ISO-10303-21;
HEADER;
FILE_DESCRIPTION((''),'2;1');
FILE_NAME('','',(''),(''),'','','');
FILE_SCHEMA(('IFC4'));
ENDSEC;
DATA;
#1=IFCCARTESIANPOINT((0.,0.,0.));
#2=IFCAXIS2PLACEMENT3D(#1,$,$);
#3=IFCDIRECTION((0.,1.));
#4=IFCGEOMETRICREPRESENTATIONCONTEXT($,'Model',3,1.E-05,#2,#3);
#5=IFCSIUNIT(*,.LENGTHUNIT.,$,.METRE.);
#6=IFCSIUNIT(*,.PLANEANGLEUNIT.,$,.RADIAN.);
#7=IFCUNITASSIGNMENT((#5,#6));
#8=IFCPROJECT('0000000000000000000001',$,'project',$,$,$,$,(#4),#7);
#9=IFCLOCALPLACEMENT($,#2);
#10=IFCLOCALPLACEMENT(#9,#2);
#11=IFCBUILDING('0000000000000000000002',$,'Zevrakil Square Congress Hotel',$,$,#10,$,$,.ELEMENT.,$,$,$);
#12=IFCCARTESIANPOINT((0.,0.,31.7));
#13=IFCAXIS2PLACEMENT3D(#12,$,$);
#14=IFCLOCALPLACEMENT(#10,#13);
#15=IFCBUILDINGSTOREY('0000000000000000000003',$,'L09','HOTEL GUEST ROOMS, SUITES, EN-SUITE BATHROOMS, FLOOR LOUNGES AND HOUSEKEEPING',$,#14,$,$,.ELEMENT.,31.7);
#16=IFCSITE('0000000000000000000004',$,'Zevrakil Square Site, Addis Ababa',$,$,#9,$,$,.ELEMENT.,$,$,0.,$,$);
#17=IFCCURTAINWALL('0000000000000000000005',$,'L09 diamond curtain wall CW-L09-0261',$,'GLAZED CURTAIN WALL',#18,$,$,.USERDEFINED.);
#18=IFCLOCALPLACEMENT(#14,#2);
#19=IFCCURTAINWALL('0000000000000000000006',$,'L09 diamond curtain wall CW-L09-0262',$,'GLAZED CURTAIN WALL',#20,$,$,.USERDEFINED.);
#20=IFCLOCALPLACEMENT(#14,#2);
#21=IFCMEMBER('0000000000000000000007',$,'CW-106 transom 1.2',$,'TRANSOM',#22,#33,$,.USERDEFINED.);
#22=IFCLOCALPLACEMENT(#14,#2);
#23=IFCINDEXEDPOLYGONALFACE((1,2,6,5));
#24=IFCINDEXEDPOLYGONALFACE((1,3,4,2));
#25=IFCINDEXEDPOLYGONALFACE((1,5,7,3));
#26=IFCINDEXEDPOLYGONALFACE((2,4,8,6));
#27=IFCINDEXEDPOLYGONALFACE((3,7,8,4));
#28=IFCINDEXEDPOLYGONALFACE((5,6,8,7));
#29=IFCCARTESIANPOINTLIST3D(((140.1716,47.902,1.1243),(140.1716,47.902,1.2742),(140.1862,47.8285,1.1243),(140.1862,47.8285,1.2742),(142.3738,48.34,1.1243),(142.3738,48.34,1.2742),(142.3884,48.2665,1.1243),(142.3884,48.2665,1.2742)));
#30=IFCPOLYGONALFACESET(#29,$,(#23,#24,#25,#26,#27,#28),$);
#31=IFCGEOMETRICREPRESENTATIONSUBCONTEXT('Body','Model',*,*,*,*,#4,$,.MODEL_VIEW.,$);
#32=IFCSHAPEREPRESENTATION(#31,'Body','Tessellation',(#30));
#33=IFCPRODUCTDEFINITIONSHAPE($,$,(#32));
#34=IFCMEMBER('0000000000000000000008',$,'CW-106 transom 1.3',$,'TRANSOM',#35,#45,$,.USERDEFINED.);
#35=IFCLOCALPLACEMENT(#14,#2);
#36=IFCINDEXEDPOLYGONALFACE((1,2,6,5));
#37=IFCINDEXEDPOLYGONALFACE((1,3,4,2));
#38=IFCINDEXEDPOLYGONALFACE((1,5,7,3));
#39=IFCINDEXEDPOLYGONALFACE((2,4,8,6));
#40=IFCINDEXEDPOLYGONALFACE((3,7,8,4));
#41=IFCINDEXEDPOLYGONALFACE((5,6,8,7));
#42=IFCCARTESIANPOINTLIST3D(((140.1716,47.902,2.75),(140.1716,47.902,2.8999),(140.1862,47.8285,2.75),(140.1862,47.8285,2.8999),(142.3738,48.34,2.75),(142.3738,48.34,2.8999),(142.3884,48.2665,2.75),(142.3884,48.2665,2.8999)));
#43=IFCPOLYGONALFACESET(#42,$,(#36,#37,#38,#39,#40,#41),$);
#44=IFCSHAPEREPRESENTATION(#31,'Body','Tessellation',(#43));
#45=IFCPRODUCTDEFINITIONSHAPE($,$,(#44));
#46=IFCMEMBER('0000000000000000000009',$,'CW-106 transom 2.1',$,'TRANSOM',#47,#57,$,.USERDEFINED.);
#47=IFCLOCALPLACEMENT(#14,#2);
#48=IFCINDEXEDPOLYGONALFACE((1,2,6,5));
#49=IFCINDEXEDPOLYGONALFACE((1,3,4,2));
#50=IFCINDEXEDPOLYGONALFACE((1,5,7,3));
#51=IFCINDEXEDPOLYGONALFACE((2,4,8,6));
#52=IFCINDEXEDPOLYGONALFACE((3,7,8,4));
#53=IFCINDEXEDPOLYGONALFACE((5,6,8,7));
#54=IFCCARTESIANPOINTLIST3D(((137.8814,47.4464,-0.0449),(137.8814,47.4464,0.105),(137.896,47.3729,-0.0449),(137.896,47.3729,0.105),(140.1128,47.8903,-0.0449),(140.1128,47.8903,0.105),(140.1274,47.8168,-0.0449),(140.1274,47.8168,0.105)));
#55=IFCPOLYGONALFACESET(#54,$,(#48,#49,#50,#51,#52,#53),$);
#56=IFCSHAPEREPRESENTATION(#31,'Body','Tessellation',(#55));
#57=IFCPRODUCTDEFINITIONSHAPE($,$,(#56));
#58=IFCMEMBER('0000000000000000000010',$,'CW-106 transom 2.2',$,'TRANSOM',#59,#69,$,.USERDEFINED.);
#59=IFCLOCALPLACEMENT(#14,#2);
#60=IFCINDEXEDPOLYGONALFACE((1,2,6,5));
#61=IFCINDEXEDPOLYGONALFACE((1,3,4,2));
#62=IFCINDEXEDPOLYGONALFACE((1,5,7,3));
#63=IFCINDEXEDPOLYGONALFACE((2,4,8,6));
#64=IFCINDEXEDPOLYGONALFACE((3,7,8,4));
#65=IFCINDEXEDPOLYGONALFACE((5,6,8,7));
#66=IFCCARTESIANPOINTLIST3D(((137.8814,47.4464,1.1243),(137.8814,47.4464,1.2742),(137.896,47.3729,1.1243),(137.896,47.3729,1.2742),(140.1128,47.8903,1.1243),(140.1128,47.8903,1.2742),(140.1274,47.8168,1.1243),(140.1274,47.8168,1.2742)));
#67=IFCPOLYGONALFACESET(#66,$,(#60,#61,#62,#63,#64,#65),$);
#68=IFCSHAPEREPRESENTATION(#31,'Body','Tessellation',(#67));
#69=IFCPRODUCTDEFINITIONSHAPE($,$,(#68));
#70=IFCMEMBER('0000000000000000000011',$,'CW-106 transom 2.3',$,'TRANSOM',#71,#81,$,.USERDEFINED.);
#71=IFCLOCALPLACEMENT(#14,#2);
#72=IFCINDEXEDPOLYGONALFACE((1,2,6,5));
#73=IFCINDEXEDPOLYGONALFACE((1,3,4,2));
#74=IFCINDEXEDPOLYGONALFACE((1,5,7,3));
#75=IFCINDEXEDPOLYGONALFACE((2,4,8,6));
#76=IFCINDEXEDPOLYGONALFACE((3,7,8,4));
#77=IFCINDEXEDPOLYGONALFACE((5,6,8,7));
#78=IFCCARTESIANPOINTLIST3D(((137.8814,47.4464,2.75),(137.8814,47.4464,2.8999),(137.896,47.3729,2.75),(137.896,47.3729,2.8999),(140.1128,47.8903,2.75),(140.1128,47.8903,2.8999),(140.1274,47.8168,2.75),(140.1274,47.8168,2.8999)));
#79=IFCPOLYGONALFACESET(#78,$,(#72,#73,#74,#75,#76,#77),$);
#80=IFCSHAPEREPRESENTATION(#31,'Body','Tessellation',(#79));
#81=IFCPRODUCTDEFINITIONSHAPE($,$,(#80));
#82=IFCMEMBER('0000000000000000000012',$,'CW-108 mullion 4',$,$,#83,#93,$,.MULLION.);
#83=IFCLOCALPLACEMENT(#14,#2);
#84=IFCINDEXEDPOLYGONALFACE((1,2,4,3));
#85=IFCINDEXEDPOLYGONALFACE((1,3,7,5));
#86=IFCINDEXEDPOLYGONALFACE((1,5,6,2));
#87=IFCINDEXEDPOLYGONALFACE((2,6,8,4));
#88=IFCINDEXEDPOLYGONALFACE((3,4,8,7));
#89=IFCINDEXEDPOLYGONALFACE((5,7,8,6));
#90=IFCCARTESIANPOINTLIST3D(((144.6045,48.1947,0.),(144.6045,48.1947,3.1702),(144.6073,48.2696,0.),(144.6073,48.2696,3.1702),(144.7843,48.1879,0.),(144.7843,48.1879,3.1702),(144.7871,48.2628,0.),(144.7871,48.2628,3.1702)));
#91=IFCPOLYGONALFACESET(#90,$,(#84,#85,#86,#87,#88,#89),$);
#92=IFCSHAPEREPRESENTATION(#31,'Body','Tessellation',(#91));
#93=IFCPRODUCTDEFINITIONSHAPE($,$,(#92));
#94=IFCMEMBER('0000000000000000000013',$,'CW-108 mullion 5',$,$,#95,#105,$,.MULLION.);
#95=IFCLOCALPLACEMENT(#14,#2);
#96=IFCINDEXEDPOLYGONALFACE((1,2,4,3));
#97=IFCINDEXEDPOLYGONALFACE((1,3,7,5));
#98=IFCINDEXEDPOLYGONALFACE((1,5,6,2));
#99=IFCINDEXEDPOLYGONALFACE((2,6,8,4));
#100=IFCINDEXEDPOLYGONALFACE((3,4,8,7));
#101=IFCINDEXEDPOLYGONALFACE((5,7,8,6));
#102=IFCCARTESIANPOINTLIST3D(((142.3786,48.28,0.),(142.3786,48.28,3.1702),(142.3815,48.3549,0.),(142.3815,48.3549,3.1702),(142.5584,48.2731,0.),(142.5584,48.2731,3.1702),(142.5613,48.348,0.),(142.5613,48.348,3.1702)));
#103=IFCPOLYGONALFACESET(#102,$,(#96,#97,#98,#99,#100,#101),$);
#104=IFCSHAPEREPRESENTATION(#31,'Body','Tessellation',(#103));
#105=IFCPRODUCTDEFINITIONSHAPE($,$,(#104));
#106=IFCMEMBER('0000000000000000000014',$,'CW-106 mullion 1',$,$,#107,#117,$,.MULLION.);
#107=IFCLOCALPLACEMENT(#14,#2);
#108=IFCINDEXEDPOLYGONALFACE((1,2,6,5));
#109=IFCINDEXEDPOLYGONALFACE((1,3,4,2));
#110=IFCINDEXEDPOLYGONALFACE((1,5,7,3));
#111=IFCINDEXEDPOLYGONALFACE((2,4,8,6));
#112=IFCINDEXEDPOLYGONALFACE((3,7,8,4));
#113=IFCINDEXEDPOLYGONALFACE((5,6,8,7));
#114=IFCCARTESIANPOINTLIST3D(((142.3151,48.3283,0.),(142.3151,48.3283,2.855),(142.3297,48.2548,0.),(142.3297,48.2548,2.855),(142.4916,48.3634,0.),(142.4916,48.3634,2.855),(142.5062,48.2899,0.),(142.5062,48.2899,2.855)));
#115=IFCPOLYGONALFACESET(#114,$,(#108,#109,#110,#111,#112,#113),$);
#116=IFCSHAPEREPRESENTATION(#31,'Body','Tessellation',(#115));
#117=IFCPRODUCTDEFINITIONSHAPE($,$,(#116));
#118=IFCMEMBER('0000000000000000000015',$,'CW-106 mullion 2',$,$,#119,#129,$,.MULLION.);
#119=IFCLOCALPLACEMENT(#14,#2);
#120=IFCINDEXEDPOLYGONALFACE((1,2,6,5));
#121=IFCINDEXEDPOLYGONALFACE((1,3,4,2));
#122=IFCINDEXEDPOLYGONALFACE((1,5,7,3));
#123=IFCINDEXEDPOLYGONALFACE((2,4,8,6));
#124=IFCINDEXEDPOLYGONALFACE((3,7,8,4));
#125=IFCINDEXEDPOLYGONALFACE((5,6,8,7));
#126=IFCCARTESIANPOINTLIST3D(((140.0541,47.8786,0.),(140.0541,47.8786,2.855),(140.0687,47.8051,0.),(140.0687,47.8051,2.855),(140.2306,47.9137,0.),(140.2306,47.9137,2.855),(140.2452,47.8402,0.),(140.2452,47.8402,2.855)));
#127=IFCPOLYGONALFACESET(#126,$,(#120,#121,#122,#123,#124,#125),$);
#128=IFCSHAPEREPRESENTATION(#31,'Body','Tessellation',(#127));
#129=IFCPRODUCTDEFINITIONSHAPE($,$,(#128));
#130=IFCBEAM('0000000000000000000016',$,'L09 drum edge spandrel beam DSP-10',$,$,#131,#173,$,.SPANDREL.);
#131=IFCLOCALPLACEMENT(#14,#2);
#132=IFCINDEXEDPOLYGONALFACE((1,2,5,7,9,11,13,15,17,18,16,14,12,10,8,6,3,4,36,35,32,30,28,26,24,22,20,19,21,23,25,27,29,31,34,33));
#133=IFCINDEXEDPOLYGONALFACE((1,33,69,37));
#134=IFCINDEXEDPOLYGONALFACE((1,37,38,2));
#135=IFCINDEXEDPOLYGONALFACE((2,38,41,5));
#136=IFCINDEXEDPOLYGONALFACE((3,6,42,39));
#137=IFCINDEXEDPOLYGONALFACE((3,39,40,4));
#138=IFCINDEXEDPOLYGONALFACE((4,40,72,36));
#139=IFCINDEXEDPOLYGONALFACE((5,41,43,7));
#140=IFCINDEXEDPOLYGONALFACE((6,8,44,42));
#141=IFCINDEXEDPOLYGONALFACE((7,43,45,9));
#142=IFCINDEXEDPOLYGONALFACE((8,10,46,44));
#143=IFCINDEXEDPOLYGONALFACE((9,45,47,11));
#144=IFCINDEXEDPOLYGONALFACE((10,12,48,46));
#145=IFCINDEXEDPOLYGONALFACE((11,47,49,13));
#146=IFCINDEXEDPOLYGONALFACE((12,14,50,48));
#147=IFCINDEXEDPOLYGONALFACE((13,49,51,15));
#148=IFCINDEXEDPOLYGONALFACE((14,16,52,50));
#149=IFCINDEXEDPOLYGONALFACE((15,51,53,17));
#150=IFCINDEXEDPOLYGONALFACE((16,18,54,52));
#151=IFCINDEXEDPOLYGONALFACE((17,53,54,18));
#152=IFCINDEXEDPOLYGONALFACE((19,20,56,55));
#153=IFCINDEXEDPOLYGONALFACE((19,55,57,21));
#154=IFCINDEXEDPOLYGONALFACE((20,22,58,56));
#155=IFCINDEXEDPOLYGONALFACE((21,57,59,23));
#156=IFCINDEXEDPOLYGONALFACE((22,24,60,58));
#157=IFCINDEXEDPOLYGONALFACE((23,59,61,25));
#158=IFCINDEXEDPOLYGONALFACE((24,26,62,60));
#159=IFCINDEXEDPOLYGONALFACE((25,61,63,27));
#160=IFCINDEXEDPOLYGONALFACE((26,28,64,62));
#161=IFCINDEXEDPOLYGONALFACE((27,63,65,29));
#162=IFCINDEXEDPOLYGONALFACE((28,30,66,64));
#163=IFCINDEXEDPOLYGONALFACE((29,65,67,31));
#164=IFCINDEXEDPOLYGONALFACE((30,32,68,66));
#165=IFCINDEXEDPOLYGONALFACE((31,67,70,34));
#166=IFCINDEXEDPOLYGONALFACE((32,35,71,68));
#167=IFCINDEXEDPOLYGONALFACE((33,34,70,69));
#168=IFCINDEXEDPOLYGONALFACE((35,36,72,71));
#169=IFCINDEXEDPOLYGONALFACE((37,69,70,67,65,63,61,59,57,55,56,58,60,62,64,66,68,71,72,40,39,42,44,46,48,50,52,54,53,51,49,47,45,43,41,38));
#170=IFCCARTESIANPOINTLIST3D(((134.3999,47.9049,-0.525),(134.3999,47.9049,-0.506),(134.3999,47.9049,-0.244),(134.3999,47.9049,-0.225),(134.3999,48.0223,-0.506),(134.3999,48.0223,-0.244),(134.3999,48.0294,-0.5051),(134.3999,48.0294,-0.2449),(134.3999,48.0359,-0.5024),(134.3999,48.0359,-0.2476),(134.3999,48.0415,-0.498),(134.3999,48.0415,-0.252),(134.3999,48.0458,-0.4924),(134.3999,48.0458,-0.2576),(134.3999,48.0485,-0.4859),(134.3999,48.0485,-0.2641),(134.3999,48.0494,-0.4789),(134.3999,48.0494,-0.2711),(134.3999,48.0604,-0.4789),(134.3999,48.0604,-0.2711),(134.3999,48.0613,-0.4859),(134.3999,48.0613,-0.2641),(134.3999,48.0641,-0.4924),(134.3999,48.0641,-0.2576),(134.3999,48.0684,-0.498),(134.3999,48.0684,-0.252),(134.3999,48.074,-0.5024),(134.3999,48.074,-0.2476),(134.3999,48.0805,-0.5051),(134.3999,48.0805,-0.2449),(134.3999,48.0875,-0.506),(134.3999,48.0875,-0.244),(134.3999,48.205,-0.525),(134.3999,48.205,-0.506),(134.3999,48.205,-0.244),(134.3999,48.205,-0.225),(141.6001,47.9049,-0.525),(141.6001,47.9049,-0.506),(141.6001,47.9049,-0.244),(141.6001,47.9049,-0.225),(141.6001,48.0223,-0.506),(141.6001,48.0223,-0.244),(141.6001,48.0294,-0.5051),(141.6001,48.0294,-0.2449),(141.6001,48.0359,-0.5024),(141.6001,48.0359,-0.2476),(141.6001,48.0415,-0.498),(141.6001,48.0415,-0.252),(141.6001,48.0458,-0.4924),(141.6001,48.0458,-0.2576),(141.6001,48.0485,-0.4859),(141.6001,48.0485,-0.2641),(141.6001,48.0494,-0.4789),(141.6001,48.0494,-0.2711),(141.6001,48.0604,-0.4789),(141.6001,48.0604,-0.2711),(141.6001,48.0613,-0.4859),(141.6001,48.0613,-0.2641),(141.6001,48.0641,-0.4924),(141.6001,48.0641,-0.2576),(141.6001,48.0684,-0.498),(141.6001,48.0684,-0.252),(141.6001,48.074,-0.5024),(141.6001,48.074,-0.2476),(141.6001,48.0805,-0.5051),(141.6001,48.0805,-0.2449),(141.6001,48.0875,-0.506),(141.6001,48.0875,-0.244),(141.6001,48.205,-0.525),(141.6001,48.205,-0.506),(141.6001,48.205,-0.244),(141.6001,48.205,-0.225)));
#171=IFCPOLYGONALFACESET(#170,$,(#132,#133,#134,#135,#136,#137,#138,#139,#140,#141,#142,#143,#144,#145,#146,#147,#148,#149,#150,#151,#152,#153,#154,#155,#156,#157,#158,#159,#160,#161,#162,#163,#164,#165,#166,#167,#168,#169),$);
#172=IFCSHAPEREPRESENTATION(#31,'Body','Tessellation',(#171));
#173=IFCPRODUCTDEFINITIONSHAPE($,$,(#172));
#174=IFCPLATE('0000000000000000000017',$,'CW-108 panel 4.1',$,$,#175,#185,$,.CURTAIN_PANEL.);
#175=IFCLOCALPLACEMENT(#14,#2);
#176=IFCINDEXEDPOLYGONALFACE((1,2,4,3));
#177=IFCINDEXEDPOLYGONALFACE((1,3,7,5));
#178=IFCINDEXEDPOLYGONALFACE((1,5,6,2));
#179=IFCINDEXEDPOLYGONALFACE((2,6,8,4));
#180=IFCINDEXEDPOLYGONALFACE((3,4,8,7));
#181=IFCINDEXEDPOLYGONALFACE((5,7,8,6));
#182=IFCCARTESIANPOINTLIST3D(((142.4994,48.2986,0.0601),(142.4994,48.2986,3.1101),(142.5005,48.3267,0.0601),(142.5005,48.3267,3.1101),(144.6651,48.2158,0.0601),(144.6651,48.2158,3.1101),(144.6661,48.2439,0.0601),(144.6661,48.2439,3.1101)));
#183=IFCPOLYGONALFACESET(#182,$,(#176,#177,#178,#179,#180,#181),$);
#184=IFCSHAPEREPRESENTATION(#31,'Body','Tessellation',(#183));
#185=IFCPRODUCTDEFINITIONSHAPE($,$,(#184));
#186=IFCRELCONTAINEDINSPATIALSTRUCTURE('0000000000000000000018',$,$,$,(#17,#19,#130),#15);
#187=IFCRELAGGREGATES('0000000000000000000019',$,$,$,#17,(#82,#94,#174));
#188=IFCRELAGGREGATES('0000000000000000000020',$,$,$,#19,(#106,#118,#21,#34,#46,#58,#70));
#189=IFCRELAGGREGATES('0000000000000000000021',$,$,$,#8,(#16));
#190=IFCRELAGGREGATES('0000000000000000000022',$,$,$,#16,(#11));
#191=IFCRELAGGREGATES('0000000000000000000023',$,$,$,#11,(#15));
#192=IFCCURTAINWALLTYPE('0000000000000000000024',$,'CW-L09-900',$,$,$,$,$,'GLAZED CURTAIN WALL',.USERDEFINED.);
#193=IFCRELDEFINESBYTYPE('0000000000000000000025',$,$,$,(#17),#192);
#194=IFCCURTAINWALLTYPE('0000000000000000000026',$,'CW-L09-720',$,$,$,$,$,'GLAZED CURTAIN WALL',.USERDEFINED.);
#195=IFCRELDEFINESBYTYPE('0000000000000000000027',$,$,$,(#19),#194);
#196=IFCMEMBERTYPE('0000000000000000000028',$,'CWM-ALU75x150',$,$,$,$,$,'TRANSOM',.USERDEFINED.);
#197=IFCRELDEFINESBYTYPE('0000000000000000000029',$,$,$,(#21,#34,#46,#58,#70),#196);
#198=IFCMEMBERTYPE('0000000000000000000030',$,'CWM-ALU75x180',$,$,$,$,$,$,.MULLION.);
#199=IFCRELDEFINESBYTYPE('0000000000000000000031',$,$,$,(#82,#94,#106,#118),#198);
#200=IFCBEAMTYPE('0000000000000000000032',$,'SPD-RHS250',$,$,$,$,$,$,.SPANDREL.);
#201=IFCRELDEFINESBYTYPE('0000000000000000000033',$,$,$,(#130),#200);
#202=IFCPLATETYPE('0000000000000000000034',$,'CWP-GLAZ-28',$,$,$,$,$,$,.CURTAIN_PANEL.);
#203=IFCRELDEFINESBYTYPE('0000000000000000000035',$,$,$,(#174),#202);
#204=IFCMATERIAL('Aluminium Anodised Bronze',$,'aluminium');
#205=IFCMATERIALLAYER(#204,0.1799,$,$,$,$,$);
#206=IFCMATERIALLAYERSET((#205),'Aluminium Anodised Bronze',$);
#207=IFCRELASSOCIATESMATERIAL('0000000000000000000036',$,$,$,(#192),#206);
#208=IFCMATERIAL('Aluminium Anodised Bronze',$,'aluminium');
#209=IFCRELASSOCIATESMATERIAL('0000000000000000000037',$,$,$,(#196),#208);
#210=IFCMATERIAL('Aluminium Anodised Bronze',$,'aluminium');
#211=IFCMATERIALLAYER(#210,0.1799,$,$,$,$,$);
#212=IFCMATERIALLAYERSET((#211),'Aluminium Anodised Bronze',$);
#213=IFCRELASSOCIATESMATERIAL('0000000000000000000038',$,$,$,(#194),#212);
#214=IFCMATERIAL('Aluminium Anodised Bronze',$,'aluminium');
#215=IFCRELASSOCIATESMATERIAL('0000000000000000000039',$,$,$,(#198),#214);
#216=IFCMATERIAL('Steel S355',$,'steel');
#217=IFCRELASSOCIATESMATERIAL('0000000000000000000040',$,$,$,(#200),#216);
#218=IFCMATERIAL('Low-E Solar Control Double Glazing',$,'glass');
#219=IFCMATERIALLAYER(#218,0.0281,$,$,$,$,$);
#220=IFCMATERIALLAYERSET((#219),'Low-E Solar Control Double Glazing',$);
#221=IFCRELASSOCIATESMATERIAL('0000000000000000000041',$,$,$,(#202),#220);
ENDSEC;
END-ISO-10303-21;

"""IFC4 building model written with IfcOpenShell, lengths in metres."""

from ifc_helpers import new_model, si_unit, direction, frame, origin, origin_2d, place, context, subcontext, project, spatial, rectangle, i_section, extrude, material, layer, layer_set, material_profile, profile_set, type_object, element, aggregate, save


model = new_model("IFC4")

# Units and contexts
model_context = context("Model", 3, precision=1e-05, world=origin(), true_north=direction((0.0, 1.0)))
body_context = subcontext(model_context, "Body", "Model", "MODEL_VIEW")
ifc_project = project(units=[si_unit("LENGTHUNIT", "METRE"), si_unit("PLANEANGLEUNIT", "RADIAN")], contexts=[model_context])

# Site, building, storey
site_placement = place(None, origin())
site = spatial("IfcSite", under=ifc_project, at=site_placement, Name="Zevrakil Square Site, Addis Ababa", CompositionType="ELEMENT", RefElevation=0.0)
building_placement = place(site_placement, origin())
building = spatial("IfcBuilding", under=site, at=building_placement, Name="Zevrakil Square Congress Hotel", CompositionType="ELEMENT")
storey_placement = place(building_placement, frame((0.0, 0.0, 31.7)))
storey = spatial("IfcBuildingStorey", under=building, at=storey_placement, Name="L09", Description="HOTEL GUEST ROOMS, SUITES, EN-SUITE BATHROOMS, FLOOR LOUNGES AND HOUSEKEEPING", CompositionType="ELEMENT", Elevation=31.7)

# Curtain walls, members
ifc_material_1 = material(Name="Aluminium Anodised Bronze", Category="aluminium")
ifc_layer_1 = layer(ifc_material_1, 0.1799)
ifc_layer_set_1 = layer_set([ifc_layer_1], Name="Aluminium Anodised Bronze")
curtain_wall_type_1 = type_object("IfcCurtainWallType", Name="CW-L09-900", ElementType="GLAZED CURTAIN WALL", PredefinedType="USERDEFINED", material=ifc_layer_set_1)
curtain_wall_1_placement = place(storey_placement, origin())
curtain_wall_1 = element("IfcCurtainWall", 1, at=curtain_wall_1_placement, inside=storey, type_object=curtain_wall_type_1, Name="L09 diamond curtain wall CW-L09-0261", ObjectType="GLAZED CURTAIN WALL", PredefinedType="USERDEFINED")
ifc_material_2 = material(Name="Aluminium Anodised Bronze", Category="aluminium")
ifc_material_profile_1 = material_profile(ifc_material_2, rectangle(XDim=0.075, YDim=0.1499, at=origin_2d()), Name="ALU 75x150")
ifc_profile_set_1 = profile_set([ifc_material_profile_1], Name="Aluminium Anodised Bronze")
member_type_1 = type_object("IfcMemberType", Name="CWM-ALU75x150", ElementType="TRANSOM", PredefinedType="USERDEFINED", material=ifc_profile_set_1)
ifc_material_3 = material(Name="Aluminium Anodised Bronze", Category="aluminium")
ifc_layer_2 = layer(ifc_material_3, 0.1799)
ifc_layer_set_2 = layer_set([ifc_layer_2], Name="Aluminium Anodised Bronze")
curtain_wall_type_2 = type_object("IfcCurtainWallType", Name="CW-L09-720", ElementType="GLAZED CURTAIN WALL", PredefinedType="USERDEFINED", material=ifc_layer_set_2)
curtain_wall_2_placement = place(storey_placement, origin())
curtain_wall_2 = element("IfcCurtainWall", 2, at=curtain_wall_2_placement, inside=storey, type_object=curtain_wall_type_2, Name="L09 diamond curtain wall CW-L09-0262", ObjectType="GLAZED CURTAIN WALL", PredefinedType="USERDEFINED")
member_1_placement = place(storey_placement, frame((142.3811, 48.3032, 1.1992), z_axis=(-0.980789, -0.19507, 0.0), x_axis=(0.19507, -0.980789, 0.0)))
member_1 = element("IfcMember", 3, at=member_1_placement, type_object=member_type_1, Name="CW-106 transom 1.2", ObjectType="TRANSOM", PredefinedType="USERDEFINED", context=body_context, shape_type="SweptSolid", body=[
    extrude(rectangle(XDim=0.075, YDim=0.1499, at=origin_2d()), origin(), (0.0, 0.0, 1.0), 2.2454),
])
member_2_placement = place(storey_placement, frame((142.3811, 48.3032, 2.825), z_axis=(-0.980789, -0.19507, 0.0), x_axis=(0.19507, -0.980789, 0.0)))
member_2 = element("IfcMember", 4, at=member_2_placement, type_object=member_type_1, Name="CW-106 transom 1.3", ObjectType="TRANSOM", PredefinedType="USERDEFINED", context=body_context, shape_type="SweptSolid", body=[
    extrude(rectangle(XDim=0.075, YDim=0.1499, at=origin_2d()), origin(), (0.0, 0.0, 1.0), 2.2454),
])
member_3_placement = place(storey_placement, frame((140.1201, 47.8535, 0.03), z_axis=(-0.980786, -0.195084, 0.0), x_axis=(0.195084, -0.980786, 0.0)))
member_3 = element("IfcMember", 5, at=member_3_placement, type_object=member_type_1, Name="CW-106 transom 2.1", ObjectType="TRANSOM", PredefinedType="USERDEFINED", context=body_context, shape_type="SweptSolid", body=[
    extrude(rectangle(XDim=0.075, YDim=0.1499, at=origin_2d()), origin(), (0.0, 0.0, 1.0), 2.2751),
])
member_4_placement = place(storey_placement, frame((140.1201, 47.8535, 1.1992), z_axis=(-0.980786, -0.195084, 0.0), x_axis=(0.195084, -0.980786, 0.0)))
member_4 = element("IfcMember", 6, at=member_4_placement, type_object=member_type_1, Name="CW-106 transom 2.2", ObjectType="TRANSOM", PredefinedType="USERDEFINED", context=body_context, shape_type="SweptSolid", body=[
    extrude(rectangle(XDim=0.075, YDim=0.1499, at=origin_2d()), origin(), (0.0, 0.0, 1.0), 2.2751),
])
member_5_placement = place(storey_placement, frame((140.1201, 47.8535, 2.825), z_axis=(-0.980786, -0.195084, 0.0), x_axis=(0.195084, -0.980786, 0.0)))
member_5 = element("IfcMember", 7, at=member_5_placement, type_object=member_type_1, Name="CW-106 transom 2.3", ObjectType="TRANSOM", PredefinedType="USERDEFINED", context=body_context, shape_type="SweptSolid", body=[
    extrude(rectangle(XDim=0.075, YDim=0.1499, at=origin_2d()), origin(), (0.0, 0.0, 1.0), 2.2751),
])

# Members
ifc_material_4 = material(Name="Aluminium Anodised Bronze", Category="aluminium")
ifc_material_profile_2 = material_profile(ifc_material_4, rectangle(XDim=0.075, YDim=0.1799, at=origin_2d()), Name="ALU 75x180")
ifc_profile_set_2 = profile_set([ifc_material_profile_2], Name="Aluminium Anodised Bronze")
member_type_2 = type_object("IfcMemberType", Name="CWM-ALU75x180", PredefinedType="MULLION", material=ifc_profile_set_2)
member_6_placement = place(storey_placement, frame((144.6958, 48.2288, 0.0), z_axis=(0.0, 0.0, 1.0), x_axis=(-0.038209, -0.99927, 0.0)))
member_6 = element("IfcMember", 8, at=member_6_placement, type_object=member_type_2, Name="CW-108 mullion 4", PredefinedType="MULLION", context=body_context, shape_type="SweptSolid", body=[
    extrude(rectangle(XDim=0.075, YDim=0.1799, at=origin_2d()), origin(), (0.0, 0.0, 1.0), 3.1702),
])
member_7_placement = place(storey_placement, frame((142.47, 48.314, 0.0), z_axis=(0.0, 0.0, 1.0), x_axis=(-0.038209, -0.99927, 0.0)))
member_7 = element("IfcMember", 9, at=member_7_placement, type_object=member_type_2, Name="CW-108 mullion 5", PredefinedType="MULLION", context=body_context, shape_type="SweptSolid", body=[
    extrude(rectangle(XDim=0.075, YDim=0.1799, at=origin_2d()), origin(), (0.0, 0.0, 1.0), 3.1702),
])
member_8_placement = place(storey_placement, frame((142.4106, 48.3091, 0.0), z_axis=(0.0, 0.0, 1.0), x_axis=(0.195084, -0.980787, 0.0)))
member_8 = element("IfcMember", 10, at=member_8_placement, type_object=member_type_2, Name="CW-106 mullion 1", PredefinedType="MULLION", context=body_context, shape_type="SweptSolid", body=[
    extrude(rectangle(XDim=0.075, YDim=0.1799, at=origin_2d()), origin(), (0.0, 0.0, 1.0), 2.855),
])
member_9_placement = place(storey_placement, frame((140.1497, 47.8594, 0.0), z_axis=(0.0, 0.0, 1.0), x_axis=(0.195084, -0.980787, 0.0)))
member_9 = element("IfcMember", 11, at=member_9_placement, type_object=member_type_2, Name="CW-106 mullion 2", PredefinedType="MULLION", context=body_context, shape_type="SweptSolid", body=[
    extrude(rectangle(XDim=0.075, YDim=0.1799, at=origin_2d()), origin(), (0.0, 0.0, 1.0), 2.855),
])

# Beam
ifc_material_5 = material(Name="Steel S355", Category="steel")
ifc_material_profile_3 = material_profile(ifc_material_5, i_section(OverallWidth=0.3, OverallDepth=0.3, WebThickness=0.011, FlangeThickness=0.019, FilletRadius=0.0271, at=origin_2d()), Name="HEB 300")
ifc_profile_set_3 = profile_set([ifc_material_profile_3], Name="Steel S355")
beam_type_1 = type_object("IfcBeamType", Name="SPD-RHS250", PredefinedType="SPANDREL", material=ifc_profile_set_3)
beam_1_placement = place(storey_placement, frame((141.6001, 48.0549, -0.375), z_axis=(-1.0, 0.0, 0.0), x_axis=(0.0, -1.0, 0.0)))
element("IfcBeam", 12, at=beam_1_placement, inside=storey, type_object=beam_type_1, Name="L09 drum edge spandrel beam DSP-10", PredefinedType="SPANDREL", context=body_context, shape_type="SweptSolid", body=[
    extrude(i_section(OverallWidth=0.3, OverallDepth=0.3, WebThickness=0.011, FlangeThickness=0.019, FilletRadius=0.0271, at=origin_2d()), origin(), (0.0, 0.0, 1.0), 7.2002),
])

# Plate
ifc_material_6 = material(Name="Low-E Solar Control Double Glazing", Category="glass")
ifc_layer_3 = layer(ifc_material_6, 0.0281)
ifc_layer_set_3 = layer_set([ifc_layer_3], Name="Low-E Solar Control Double Glazing")
plate_type_1 = type_object("IfcPlateType", Name="CWP-GLAZ-28", PredefinedType="CURTAIN_PANEL", material=ifc_layer_set_3)
plate_1_placement = place(storey_placement, frame((143.5828, 48.2712, 0.0601), z_axis=(0.0, 0.0, 1.0), x_axis=(-0.99927, 0.038209, 0.0)))
plate_1 = element("IfcPlate", 13, at=plate_1_placement, type_object=plate_type_1, Name="CW-108 panel 4.1", PredefinedType="CURTAIN_PANEL", context=body_context, shape_type="SweptSolid", body=[
    extrude(rectangle(XDim=2.1672, YDim=0.0281, at=origin_2d()), origin(), (0.0, 0.0, 1.0), 3.05),
])
aggregate(curtain_wall_1, [member_6, member_7, plate_1])
aggregate(curtain_wall_2, [member_8, member_9, member_1, member_2, member_3, member_4, member_5])

save(model, "model.ifc")
